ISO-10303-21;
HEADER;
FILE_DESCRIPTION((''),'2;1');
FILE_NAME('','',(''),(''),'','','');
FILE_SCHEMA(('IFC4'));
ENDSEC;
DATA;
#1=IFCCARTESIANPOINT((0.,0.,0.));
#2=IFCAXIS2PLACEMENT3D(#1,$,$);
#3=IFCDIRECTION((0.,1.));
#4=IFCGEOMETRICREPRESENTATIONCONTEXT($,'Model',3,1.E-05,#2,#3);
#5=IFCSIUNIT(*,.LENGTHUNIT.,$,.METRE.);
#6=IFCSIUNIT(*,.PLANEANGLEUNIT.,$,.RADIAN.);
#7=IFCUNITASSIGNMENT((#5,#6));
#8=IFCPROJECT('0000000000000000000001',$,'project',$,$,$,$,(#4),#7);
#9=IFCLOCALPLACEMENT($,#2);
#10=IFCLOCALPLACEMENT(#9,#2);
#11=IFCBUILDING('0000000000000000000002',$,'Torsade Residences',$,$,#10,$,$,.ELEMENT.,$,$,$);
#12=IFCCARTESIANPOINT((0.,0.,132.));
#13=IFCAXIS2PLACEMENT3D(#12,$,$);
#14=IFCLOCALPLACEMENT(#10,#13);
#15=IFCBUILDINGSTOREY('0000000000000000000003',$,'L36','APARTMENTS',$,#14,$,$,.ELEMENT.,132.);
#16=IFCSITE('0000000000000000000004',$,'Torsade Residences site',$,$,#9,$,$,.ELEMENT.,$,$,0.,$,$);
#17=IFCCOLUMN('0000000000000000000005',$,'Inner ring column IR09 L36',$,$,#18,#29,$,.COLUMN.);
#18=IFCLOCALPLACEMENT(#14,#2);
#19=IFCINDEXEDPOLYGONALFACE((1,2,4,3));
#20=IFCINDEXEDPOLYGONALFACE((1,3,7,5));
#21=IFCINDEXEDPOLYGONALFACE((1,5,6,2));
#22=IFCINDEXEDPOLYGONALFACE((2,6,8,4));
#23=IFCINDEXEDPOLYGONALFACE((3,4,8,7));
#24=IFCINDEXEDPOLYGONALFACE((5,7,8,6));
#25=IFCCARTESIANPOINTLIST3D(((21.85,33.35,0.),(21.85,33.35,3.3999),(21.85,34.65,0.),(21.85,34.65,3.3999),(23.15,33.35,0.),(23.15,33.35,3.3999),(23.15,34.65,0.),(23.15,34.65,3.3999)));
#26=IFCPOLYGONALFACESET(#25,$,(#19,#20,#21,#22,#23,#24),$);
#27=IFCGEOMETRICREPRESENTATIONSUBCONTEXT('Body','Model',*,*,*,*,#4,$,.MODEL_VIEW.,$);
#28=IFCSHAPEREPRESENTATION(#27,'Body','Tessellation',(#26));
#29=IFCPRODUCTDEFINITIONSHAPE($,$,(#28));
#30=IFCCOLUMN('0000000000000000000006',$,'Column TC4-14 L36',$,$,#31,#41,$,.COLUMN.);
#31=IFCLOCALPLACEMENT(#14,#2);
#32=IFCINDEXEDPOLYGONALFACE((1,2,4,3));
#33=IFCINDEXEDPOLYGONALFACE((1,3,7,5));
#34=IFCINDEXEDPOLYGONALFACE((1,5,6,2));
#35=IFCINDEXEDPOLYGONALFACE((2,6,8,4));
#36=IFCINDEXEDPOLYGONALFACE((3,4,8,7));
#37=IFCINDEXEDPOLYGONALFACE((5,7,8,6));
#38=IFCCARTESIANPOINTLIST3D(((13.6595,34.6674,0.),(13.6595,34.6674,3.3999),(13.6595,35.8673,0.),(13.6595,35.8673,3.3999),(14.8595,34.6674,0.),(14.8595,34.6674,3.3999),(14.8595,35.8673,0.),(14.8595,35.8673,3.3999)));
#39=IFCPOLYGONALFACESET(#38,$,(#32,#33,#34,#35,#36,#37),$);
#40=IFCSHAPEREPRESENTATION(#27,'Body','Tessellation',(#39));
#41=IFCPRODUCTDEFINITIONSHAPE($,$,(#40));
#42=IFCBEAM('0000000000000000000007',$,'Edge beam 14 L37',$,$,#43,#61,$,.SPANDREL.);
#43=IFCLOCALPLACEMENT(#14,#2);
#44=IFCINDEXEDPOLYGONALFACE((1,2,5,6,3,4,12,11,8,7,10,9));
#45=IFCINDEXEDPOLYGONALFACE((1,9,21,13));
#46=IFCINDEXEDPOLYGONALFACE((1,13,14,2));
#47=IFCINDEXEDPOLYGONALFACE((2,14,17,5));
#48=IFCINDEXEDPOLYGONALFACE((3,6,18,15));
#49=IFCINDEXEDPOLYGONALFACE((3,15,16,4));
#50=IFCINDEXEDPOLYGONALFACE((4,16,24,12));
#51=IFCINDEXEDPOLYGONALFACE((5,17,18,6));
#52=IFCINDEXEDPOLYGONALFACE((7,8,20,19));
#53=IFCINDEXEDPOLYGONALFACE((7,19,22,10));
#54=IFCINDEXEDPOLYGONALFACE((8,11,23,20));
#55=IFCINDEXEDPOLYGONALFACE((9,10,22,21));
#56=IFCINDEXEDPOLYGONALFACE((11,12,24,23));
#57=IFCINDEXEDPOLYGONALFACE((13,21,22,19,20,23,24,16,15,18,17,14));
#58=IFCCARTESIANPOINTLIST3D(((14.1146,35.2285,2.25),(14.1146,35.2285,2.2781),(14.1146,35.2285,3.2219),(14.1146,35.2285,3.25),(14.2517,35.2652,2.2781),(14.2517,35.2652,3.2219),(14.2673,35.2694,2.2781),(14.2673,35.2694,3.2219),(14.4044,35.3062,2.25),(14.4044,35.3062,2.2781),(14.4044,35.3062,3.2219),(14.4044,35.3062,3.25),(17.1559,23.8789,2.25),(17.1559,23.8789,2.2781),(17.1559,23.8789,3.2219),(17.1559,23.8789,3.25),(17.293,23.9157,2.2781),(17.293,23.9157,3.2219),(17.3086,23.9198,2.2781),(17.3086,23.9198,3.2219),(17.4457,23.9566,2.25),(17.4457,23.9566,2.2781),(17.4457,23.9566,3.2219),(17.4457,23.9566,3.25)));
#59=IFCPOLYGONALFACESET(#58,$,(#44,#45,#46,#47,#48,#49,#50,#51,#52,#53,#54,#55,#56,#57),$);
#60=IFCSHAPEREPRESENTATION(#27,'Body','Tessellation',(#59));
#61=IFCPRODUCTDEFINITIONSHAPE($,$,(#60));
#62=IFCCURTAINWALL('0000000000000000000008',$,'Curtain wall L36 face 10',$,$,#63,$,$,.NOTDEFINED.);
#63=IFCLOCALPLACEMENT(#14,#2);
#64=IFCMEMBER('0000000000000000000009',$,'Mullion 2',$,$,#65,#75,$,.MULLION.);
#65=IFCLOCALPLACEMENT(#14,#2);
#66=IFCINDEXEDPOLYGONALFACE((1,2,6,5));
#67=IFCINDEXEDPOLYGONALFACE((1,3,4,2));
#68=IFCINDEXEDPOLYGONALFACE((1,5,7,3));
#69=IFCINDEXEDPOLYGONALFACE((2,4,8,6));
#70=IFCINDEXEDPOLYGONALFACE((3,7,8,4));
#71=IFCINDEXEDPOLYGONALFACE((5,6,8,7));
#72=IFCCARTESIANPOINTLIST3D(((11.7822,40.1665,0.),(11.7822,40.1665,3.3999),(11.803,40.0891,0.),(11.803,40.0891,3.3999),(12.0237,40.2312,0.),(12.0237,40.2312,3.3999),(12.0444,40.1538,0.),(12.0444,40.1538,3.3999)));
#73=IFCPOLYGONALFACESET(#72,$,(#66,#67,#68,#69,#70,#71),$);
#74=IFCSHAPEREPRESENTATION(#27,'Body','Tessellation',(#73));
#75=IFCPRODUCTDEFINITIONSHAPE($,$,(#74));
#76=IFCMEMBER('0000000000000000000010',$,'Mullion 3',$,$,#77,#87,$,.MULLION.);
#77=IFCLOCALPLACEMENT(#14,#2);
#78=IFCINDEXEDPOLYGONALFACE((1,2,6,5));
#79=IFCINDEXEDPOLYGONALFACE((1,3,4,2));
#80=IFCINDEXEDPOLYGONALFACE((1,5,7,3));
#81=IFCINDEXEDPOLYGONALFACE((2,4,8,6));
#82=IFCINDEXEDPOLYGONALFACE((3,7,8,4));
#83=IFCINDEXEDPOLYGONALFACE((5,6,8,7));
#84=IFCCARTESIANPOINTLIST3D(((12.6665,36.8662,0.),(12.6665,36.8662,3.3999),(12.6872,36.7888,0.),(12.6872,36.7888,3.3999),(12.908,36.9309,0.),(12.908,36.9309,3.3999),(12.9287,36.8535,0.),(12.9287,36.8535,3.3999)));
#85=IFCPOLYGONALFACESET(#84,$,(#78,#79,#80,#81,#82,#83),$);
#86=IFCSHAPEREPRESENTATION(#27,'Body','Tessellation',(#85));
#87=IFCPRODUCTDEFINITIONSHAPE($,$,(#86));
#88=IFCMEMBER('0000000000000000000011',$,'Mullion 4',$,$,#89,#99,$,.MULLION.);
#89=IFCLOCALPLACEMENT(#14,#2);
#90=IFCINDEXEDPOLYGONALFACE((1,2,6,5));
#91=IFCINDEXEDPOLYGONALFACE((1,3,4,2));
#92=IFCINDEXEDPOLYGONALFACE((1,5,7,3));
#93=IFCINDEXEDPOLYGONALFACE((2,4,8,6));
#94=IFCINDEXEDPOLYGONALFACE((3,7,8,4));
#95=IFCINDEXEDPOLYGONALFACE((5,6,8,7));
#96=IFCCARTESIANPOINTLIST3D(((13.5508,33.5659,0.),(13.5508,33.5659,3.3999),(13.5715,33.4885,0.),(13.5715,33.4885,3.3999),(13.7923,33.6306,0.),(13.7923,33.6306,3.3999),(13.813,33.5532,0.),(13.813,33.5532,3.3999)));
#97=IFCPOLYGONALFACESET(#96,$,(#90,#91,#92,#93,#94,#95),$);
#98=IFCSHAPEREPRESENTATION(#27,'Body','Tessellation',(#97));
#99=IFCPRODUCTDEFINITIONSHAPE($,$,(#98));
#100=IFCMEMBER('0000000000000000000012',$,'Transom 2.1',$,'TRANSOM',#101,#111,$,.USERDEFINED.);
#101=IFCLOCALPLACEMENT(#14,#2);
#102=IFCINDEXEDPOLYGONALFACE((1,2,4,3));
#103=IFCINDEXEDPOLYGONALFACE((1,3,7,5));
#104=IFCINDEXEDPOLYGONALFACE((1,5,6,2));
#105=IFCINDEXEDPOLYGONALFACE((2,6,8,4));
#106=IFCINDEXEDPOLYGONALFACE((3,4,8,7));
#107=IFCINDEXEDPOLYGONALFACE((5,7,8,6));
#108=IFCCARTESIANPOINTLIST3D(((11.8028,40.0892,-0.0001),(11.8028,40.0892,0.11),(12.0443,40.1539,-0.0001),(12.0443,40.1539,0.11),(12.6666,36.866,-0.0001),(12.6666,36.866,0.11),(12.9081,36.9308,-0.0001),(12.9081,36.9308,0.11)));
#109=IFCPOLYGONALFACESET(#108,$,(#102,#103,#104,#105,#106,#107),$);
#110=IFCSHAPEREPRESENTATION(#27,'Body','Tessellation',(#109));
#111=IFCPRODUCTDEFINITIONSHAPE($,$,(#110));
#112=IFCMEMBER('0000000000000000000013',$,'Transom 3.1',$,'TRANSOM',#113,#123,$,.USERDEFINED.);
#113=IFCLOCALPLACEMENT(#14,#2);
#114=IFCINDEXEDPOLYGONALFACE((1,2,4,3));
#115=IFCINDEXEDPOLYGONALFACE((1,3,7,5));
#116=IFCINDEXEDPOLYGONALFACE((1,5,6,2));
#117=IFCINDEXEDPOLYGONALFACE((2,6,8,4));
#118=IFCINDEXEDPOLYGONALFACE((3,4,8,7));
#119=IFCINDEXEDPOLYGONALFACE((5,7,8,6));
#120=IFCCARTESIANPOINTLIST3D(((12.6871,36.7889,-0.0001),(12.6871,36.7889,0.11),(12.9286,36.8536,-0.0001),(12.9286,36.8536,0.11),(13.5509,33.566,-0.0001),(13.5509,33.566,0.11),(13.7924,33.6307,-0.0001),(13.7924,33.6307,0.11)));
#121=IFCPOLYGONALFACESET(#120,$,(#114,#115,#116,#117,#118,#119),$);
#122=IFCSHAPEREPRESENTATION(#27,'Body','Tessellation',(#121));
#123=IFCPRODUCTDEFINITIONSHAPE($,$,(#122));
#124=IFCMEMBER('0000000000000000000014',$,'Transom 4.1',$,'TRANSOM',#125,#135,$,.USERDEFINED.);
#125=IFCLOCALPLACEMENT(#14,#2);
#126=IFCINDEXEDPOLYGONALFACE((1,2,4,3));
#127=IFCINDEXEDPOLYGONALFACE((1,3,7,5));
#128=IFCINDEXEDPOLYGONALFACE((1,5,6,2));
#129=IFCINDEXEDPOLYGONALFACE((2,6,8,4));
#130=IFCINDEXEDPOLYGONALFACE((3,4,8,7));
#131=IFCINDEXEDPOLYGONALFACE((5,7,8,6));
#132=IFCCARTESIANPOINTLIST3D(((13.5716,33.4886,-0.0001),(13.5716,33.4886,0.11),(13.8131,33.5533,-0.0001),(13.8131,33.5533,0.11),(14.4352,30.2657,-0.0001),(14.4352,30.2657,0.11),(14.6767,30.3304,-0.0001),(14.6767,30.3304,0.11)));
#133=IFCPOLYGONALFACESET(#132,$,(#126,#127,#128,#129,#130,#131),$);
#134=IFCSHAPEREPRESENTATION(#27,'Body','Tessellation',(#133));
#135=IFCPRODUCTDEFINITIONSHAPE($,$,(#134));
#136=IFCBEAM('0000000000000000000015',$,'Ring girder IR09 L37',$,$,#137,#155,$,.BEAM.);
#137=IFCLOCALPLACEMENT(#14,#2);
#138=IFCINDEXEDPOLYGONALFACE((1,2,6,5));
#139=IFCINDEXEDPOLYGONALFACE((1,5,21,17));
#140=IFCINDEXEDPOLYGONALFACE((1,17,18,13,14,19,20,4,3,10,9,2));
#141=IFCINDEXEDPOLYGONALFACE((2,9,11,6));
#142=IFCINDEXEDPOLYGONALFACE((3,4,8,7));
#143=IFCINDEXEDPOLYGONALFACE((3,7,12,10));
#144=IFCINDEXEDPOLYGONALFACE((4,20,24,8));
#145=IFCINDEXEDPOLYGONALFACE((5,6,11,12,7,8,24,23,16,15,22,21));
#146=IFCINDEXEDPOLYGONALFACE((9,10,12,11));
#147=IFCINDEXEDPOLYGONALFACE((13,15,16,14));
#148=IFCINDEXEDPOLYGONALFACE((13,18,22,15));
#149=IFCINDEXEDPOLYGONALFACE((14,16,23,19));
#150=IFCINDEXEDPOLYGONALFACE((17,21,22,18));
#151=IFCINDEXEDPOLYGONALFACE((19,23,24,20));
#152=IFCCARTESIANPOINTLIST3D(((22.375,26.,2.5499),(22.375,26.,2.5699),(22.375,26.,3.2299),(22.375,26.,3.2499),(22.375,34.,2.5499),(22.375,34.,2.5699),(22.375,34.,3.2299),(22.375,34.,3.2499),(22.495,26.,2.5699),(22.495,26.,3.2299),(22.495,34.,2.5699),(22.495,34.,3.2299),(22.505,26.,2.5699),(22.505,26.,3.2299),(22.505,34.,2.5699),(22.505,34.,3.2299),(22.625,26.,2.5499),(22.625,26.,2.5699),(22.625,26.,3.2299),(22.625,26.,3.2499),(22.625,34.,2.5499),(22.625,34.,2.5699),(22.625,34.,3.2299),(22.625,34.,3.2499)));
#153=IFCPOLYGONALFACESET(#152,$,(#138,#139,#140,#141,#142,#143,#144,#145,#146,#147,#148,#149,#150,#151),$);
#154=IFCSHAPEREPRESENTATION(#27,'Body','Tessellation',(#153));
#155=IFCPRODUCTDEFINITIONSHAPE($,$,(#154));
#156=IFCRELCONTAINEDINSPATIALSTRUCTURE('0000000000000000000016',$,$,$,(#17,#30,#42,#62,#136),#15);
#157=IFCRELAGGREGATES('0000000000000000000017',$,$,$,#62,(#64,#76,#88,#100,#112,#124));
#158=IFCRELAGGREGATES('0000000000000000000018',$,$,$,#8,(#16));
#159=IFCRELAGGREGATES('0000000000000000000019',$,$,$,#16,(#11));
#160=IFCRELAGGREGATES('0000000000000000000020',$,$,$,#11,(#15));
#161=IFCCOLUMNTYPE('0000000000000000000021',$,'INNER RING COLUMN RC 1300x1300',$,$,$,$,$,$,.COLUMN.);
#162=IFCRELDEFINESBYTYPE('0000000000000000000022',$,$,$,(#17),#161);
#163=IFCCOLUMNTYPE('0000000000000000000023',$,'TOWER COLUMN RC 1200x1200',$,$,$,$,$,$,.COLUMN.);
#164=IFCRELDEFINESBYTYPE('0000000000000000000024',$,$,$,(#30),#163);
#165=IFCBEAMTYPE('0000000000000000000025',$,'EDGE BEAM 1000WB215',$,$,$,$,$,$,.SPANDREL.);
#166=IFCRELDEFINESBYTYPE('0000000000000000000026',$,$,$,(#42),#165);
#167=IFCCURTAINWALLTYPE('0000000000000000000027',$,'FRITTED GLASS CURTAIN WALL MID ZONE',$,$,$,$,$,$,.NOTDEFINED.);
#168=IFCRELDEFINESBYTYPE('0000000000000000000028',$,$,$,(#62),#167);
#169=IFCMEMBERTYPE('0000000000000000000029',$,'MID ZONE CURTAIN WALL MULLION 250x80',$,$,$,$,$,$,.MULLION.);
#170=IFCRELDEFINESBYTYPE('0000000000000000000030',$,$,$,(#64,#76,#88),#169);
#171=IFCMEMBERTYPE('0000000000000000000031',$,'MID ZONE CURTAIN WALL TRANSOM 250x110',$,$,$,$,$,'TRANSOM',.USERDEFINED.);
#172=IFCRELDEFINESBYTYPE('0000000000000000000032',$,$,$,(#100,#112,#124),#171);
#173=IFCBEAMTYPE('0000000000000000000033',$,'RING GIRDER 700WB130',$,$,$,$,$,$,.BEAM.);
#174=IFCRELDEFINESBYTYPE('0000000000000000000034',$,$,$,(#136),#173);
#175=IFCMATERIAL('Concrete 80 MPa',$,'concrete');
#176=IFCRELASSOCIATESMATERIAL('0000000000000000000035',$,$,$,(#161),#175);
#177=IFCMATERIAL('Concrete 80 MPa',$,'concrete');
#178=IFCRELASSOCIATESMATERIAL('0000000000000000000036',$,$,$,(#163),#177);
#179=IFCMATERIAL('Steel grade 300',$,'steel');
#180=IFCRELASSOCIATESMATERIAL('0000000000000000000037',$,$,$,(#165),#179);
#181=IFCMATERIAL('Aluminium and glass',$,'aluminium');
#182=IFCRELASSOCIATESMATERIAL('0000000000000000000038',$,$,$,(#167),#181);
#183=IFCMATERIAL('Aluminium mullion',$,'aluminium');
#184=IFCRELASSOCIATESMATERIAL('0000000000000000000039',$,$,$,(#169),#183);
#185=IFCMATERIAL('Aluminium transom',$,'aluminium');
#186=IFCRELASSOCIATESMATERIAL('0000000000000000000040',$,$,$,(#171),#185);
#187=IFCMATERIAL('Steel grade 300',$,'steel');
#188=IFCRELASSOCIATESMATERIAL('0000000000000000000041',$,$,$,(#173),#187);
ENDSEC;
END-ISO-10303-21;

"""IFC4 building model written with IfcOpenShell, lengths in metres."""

from ifc_helpers import new_model, si_unit, direction, frame, origin, origin_2d, place, context, subcontext, project, spatial, rectangle, i_section, extrude, material, material_profile, profile_set, type_object, element, aggregate, save


model = new_model("IFC4")

# Units and contexts
model_context = context("Model", 3, precision=1e-05, world=origin(), true_north=direction((0.0, 1.0)))
body_context = subcontext(model_context, "Body", "Model", "MODEL_VIEW")
ifc_project = project(units=[si_unit("LENGTHUNIT", "METRE"), si_unit("PLANEANGLEUNIT", "RADIAN")], contexts=[model_context])

# Site, building, storey
site_placement = place(None, origin())
site = spatial("IfcSite", under=ifc_project, at=site_placement, Name="Torsade Residences site", CompositionType="ELEMENT", RefElevation=0.0)
building_placement = place(site_placement, origin())
building = spatial("IfcBuilding", under=site, at=building_placement, Name="Torsade Residences", CompositionType="ELEMENT")
storey_placement = place(building_placement, frame((0.0, 0.0, 132.0)))
storey = spatial("IfcBuildingStorey", under=building, at=storey_placement, Name="L36", Description="APARTMENTS", CompositionType="ELEMENT", Elevation=132.0)

# Columns
ifc_material_1 = material(Name="Concrete 80 MPa", Category="concrete")
ifc_material_profile_1 = material_profile(ifc_material_1, rectangle(XDim=1.3, YDim=1.3, at=origin_2d()), Name="RC 1300x1300")
ifc_profile_set_1 = profile_set([ifc_material_profile_1], Name="Concrete 80 MPa")
column_type_1 = type_object("IfcColumnType", Name="INNER RING COLUMN RC 1300x1300", PredefinedType="COLUMN", material=ifc_profile_set_1)
column_1_placement = place(storey_placement, frame((22.5, 34.0, 0.0), z_axis=(0.0, 0.0, 1.0), x_axis=(1.0, 0.0, 0.0)))
element("IfcColumn", 1, at=column_1_placement, inside=storey, type_object=column_type_1, Name="Inner ring column IR09 L36", PredefinedType="COLUMN", context=body_context, shape_type="SweptSolid", body=[
    extrude(rectangle(XDim=1.3, YDim=1.3, at=origin_2d()), origin(), (0.0, 0.0, 1.0), 3.3999),
])
ifc_material_2 = material(Name="Concrete 80 MPa", Category="concrete")
ifc_material_profile_2 = material_profile(ifc_material_2, rectangle(XDim=1.2, YDim=1.2, at=origin_2d()), Name="RC 1200x1200")
ifc_profile_set_2 = profile_set([ifc_material_profile_2], Name="Concrete 80 MPa")
column_type_2 = type_object("IfcColumnType", Name="TOWER COLUMN RC 1200x1200", PredefinedType="COLUMN", material=ifc_profile_set_2)
column_2_placement = place(storey_placement, frame((14.2595, 35.2673, 0.0), z_axis=(0.0, 0.0, 1.0), x_axis=(1.0, 0.0, 0.0)))
element("IfcColumn", 2, at=column_2_placement, inside=storey, type_object=column_type_2, Name="Column TC4-14 L36", PredefinedType="COLUMN", context=body_context, shape_type="SweptSolid", body=[
    extrude(rectangle(XDim=1.2, YDim=1.2, at=origin_2d()), origin(), (0.0, 0.0, 1.0), 3.3999),
])

# Beam
ifc_material_3 = material(Name="Steel grade 300", Category="steel")
ifc_material_profile_3 = material_profile(ifc_material_3, i_section(OverallWidth=0.3, OverallDepth=1.0, WebThickness=0.0161, FlangeThickness=0.0281, at=origin_2d()), Name="1000WB215")
ifc_profile_set_3 = profile_set([ifc_material_profile_3], Name="Steel grade 300")
beam_type_1 = type_object("IfcBeamType", Name="EDGE BEAM 1000WB215", PredefinedType="SPANDREL", material=ifc_profile_set_3)
beam_1_placement = place(storey_placement, frame((14.2595, 35.2673, 2.75), z_axis=(0.25883, -0.965923, 0.0), x_axis=(0.965923, 0.25883, 0.0)))
element("IfcBeam", 3, at=beam_1_placement, inside=storey, type_object=beam_type_1, Name="Edge beam 14 L37", PredefinedType="SPANDREL", context=body_context, shape_type="SweptSolid", body=[
    extrude(i_section(OverallWidth=0.3, OverallDepth=1.0, WebThickness=0.0161, FlangeThickness=0.0281, at=origin_2d()), origin(), (0.0, 0.0, 1.0), 11.75),
])

# Curtain wall, members
ifc_material_4 = material(Name="Aluminium and glass", Category="aluminium")
curtain_wall_type = type_object("IfcCurtainWallType", Name="FRITTED GLASS CURTAIN WALL MID ZONE", PredefinedType="NOTDEFINED", material=ifc_material_4)
curtain_wall_placement = place(storey_placement, origin())
curtain_wall = element("IfcCurtainWall", 4, at=curtain_wall_placement, inside=storey, type_object=curtain_wall_type, Name="Curtain wall L36 face 10", PredefinedType="NOTDEFINED")
ifc_material_5 = material(Name="Aluminium mullion", Category="aluminium")
ifc_material_profile_4 = material_profile(ifc_material_5, rectangle(XDim=0.25, YDim=0.0801, at=origin_2d()), Name="MID ZONE CURTAIN WALL MULLION 250x80")
ifc_profile_set_4 = profile_set([ifc_material_profile_4], Name="Aluminium mullion")
member_type_1 = type_object("IfcMemberType", Name="MID ZONE CURTAIN WALL MULLION 250x80", PredefinedType="MULLION", material=ifc_profile_set_4)
member_1_placement = place(storey_placement, frame((11.9133, 40.1602, 0.0), z_axis=(0.0, 0.0, 1.0), x_axis=(0.965926, 0.258819, 0.0)))
member_1 = element("IfcMember", 5, at=member_1_placement, type_object=member_type_1, Name="Mullion 2", PredefinedType="MULLION", context=body_context, shape_type="SweptSolid", body=[
    extrude(rectangle(XDim=0.25, YDim=0.0801, at=origin_2d()), origin(), (0.0, 0.0, 1.0), 3.3999),
])
member_2_placement = place(storey_placement, frame((12.7976, 36.8599, 0.0), z_axis=(0.0, 0.0, 1.0), x_axis=(0.965926, 0.258819, 0.0)))
member_2 = element("IfcMember", 6, at=member_2_placement, type_object=member_type_1, Name="Mullion 3", PredefinedType="MULLION", context=body_context, shape_type="SweptSolid", body=[
    extrude(rectangle(XDim=0.25, YDim=0.0801, at=origin_2d()), origin(), (0.0, 0.0, 1.0), 3.3999),
])
member_3_placement = place(storey_placement, frame((13.6819, 33.5596, 0.0), z_axis=(0.0, 0.0, 1.0), x_axis=(0.965926, 0.258819, 0.0)))
member_3 = element("IfcMember", 7, at=member_3_placement, type_object=member_type_1, Name="Mullion 4", PredefinedType="MULLION", context=body_context, shape_type="SweptSolid", body=[
    extrude(rectangle(XDim=0.25, YDim=0.0801, at=origin_2d()), origin(), (0.0, 0.0, 1.0), 3.3999),
])
ifc_material_6 = material(Name="Aluminium transom", Category="aluminium")
ifc_material_profile_5 = material_profile(ifc_material_6, rectangle(XDim=0.25, YDim=0.1101, at=origin_2d()), Name="MID ZONE CURTAIN WALL TRANSOM 250x110")
ifc_profile_set_5 = profile_set([ifc_material_profile_5], Name="Aluminium transom")
member_type_2 = type_object("IfcMemberType", Name="MID ZONE CURTAIN WALL TRANSOM 250x110", ElementType="TRANSOM", PredefinedType="USERDEFINED", material=ifc_profile_set_5)
member_4_placement = place(storey_placement, frame((11.9236, 40.1216, 0.0549), z_axis=(0.258856, -0.965916, 0.0), x_axis=(0.965916, 0.258856, 0.0)))
member_4 = element("IfcMember", 8, at=member_4_placement, type_object=member_type_2, Name="Transom 2.1", ObjectType="TRANSOM", PredefinedType="USERDEFINED", context=body_context, shape_type="SweptSolid", body=[
    extrude(rectangle(XDim=0.25, YDim=0.1101, at=origin_2d()), origin(), (0.0, 0.0, 1.0), 3.3369),
])
member_5_placement = place(storey_placement, frame((12.8079, 36.8213, 0.0549), z_axis=(0.258874, -0.965911, 0.0), x_axis=(0.965911, 0.258874, 0.0)))
member_5 = element("IfcMember", 9, at=member_5_placement, type_object=member_type_2, Name="Transom 3.1", ObjectType="TRANSOM", PredefinedType="USERDEFINED", context=body_context, shape_type="SweptSolid", body=[
    extrude(rectangle(XDim=0.25, YDim=0.1101, at=origin_2d()), origin(), (0.0, 0.0, 1.0), 3.3367),
])
member_6_placement = place(storey_placement, frame((13.6924, 33.521, 0.0549), z_axis=(0.258806, -0.965929, 0.0), x_axis=(0.965929, 0.258806, 0.0)))
member_6 = element("IfcMember", 10, at=member_6_placement, type_object=member_type_2, Name="Transom 4.1", ObjectType="TRANSOM", PredefinedType="USERDEFINED", context=body_context, shape_type="SweptSolid", body=[
    extrude(rectangle(XDim=0.25, YDim=0.1101, at=origin_2d()), origin(), (0.0, 0.0, 1.0), 3.3367),
])

# Beam
ifc_material_7 = material(Name="Steel grade 300", Category="steel")
ifc_material_profile_6 = material_profile(ifc_material_7, i_section(OverallWidth=0.25, OverallDepth=0.7, WebThickness=0.01, FlangeThickness=0.02, at=origin_2d()), Name="700WB130")
ifc_profile_set_6 = profile_set([ifc_material_profile_6], Name="Steel grade 300")
beam_type_2 = type_object("IfcBeamType", Name="RING GIRDER 700WB130", PredefinedType="BEAM", material=ifc_profile_set_6)
beam_2_placement = place(storey_placement, frame((22.5, 34.0, 2.8999), z_axis=(0.0, -1.0, 0.0), x_axis=(1.0, 0.0, 0.0)))
element("IfcBeam", 11, at=beam_2_placement, inside=storey, type_object=beam_type_2, Name="Ring girder IR09 L37", PredefinedType="BEAM", context=body_context, shape_type="SweptSolid", body=[
    extrude(i_section(OverallWidth=0.25, OverallDepth=0.7, WebThickness=0.01, FlangeThickness=0.02, at=origin_2d()), origin(), (0.0, 0.0, 1.0), 8.0),
])

aggregate(curtain_wall, [member_1, member_2, member_3, member_4, member_5, member_6])

save(model, "model.ifc")
